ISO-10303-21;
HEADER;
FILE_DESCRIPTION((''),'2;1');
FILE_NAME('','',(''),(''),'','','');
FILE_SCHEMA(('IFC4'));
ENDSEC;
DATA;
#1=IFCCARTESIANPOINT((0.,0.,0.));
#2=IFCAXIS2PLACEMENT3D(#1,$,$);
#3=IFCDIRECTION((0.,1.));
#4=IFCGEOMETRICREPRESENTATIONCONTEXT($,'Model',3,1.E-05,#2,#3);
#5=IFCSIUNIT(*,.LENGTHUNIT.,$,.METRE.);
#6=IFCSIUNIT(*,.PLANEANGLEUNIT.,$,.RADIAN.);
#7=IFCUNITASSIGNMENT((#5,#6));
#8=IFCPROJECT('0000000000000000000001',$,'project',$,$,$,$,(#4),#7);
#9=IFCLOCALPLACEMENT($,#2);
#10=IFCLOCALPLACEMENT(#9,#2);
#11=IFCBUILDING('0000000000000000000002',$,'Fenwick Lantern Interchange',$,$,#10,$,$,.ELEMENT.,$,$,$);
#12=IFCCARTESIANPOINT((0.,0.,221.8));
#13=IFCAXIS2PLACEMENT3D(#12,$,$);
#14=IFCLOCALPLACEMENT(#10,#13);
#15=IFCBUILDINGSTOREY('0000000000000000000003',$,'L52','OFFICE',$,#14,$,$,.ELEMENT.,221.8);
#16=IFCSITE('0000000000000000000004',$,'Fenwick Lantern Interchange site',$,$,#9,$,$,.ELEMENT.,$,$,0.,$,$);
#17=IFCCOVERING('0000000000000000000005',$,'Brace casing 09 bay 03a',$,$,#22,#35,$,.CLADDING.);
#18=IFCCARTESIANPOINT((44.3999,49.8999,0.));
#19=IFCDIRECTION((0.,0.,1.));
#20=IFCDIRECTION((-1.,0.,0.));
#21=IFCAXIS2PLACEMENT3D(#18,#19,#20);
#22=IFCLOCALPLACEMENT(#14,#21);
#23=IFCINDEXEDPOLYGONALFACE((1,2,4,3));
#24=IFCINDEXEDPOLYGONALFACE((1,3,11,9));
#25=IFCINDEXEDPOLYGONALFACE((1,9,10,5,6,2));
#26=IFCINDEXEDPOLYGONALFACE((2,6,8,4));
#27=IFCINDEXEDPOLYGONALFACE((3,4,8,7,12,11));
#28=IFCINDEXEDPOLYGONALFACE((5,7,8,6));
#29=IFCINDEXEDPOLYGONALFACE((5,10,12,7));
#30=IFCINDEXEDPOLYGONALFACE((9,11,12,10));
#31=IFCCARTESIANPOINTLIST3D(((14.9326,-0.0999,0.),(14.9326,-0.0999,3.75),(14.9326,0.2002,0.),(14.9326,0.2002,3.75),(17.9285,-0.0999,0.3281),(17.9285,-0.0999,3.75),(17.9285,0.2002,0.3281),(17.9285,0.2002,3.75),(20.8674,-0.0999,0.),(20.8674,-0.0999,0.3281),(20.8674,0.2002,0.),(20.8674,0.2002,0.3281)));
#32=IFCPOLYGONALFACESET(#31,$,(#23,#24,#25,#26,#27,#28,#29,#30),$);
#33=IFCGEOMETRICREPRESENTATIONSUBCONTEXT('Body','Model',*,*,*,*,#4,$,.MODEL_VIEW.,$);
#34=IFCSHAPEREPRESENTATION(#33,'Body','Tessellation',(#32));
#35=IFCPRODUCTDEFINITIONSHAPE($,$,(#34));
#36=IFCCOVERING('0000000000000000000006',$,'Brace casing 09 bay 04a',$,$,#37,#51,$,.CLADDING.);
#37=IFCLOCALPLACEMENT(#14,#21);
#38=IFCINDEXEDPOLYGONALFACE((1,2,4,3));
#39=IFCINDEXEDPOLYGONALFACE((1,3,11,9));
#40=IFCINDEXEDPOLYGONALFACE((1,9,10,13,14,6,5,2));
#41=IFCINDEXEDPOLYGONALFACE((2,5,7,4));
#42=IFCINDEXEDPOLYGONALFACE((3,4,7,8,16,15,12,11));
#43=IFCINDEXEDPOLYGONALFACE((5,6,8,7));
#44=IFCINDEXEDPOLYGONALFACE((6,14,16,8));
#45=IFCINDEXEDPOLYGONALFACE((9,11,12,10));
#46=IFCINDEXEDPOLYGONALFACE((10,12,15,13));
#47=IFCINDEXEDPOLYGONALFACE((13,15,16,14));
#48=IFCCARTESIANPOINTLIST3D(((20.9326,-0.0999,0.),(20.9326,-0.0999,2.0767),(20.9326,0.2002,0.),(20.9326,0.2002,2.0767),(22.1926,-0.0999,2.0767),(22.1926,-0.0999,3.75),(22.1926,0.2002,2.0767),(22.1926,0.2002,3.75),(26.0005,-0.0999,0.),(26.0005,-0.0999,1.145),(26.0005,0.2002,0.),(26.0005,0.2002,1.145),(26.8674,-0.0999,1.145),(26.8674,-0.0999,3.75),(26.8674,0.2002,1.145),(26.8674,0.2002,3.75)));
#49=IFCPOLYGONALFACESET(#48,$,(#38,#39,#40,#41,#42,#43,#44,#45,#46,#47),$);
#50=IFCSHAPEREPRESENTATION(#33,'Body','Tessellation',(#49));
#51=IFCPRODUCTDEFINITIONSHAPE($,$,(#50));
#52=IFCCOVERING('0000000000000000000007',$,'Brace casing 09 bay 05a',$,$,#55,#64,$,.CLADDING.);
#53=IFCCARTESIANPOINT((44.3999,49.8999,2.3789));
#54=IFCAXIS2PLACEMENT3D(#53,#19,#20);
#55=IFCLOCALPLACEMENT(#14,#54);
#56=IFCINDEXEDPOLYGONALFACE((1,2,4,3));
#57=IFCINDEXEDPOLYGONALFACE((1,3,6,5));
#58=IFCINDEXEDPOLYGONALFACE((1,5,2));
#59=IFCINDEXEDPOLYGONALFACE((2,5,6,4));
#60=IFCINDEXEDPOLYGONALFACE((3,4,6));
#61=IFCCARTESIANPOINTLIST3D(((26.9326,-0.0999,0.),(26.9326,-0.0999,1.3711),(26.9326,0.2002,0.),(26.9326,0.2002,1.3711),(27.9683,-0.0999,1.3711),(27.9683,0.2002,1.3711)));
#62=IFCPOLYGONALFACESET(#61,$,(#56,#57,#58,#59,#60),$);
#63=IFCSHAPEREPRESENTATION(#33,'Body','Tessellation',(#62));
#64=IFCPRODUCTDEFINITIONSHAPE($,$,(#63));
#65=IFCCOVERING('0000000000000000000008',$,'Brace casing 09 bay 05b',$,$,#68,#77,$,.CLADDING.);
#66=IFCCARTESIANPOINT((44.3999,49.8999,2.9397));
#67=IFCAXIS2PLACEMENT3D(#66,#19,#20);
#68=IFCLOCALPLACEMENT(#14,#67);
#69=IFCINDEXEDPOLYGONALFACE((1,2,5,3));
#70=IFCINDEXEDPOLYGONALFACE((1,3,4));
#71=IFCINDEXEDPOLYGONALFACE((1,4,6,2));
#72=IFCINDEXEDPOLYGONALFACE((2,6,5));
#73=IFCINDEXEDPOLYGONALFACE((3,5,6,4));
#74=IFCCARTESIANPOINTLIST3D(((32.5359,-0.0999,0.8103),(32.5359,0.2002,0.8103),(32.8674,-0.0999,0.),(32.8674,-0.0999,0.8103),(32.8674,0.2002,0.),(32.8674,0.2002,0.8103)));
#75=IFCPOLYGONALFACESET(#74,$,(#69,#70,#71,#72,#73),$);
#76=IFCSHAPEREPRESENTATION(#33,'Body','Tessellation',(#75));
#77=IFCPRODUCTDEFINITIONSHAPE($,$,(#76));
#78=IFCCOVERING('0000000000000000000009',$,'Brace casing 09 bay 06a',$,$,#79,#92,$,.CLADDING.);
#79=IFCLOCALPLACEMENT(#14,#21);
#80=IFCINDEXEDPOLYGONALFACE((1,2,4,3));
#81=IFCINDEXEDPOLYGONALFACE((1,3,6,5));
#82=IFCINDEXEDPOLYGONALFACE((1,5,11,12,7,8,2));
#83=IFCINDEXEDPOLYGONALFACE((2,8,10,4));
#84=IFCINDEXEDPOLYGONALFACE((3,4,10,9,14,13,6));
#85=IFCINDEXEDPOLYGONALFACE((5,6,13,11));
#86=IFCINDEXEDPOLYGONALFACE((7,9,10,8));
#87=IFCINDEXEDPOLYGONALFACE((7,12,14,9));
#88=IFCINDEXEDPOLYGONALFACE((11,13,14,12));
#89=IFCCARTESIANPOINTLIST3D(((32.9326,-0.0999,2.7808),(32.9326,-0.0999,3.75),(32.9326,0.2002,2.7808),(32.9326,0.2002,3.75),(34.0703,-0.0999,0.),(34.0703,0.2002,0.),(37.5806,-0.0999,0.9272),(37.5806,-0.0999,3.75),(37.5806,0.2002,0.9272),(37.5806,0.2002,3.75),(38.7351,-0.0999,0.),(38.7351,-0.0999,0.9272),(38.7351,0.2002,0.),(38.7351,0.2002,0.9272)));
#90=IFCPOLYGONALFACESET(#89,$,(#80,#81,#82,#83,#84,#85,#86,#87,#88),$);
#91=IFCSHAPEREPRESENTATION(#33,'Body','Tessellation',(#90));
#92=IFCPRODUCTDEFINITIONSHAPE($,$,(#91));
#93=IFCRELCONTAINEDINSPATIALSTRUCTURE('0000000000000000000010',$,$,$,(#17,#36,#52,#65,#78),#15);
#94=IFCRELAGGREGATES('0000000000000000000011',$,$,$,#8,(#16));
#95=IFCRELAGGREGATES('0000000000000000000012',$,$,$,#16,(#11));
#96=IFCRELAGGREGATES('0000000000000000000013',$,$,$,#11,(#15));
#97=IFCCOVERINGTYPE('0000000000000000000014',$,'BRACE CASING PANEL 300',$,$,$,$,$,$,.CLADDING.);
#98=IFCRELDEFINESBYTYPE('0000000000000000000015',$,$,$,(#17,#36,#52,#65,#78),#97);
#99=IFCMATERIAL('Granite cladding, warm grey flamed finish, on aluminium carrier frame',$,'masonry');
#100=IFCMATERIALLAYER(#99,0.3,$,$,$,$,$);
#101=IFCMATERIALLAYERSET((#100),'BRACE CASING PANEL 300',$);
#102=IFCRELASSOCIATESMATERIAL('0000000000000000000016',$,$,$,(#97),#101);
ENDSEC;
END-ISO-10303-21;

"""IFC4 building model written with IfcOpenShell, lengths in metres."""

from ifc_helpers import new_model, si_unit, direction, frame, origin, place, context, subcontext, project, spatial, polyline, outline, extrude, material, layer, layer_set, type_object, element, save


model = new_model("IFC4")

# Units and contexts
model_context = context("Model", 3, precision=1e-05, world=origin(), true_north=direction((0.0, 1.0)))
body_context = subcontext(model_context, "Body", "Model", "MODEL_VIEW")
ifc_project = project(units=[si_unit("LENGTHUNIT", "METRE"), si_unit("PLANEANGLEUNIT", "RADIAN")], contexts=[model_context])

# Site, building, storey
site_placement = place(None, origin())
site = spatial("IfcSite", under=ifc_project, at=site_placement, Name="Fenwick Lantern Interchange site", CompositionType="ELEMENT", RefElevation=0.0)
building_placement = place(site_placement, origin())
building = spatial("IfcBuilding", under=site, at=building_placement, Name="Fenwick Lantern Interchange", CompositionType="ELEMENT")
storey_placement = place(building_placement, frame((0.0, 0.0, 221.8)))
storey = spatial("IfcBuildingStorey", under=building, at=storey_placement, Name="L52", Description="OFFICE", CompositionType="ELEMENT", Elevation=221.8)

# Coverings
ifc_material_1 = material(Name="Granite cladding, warm grey flamed finish, on aluminium carrier frame", Category="masonry")
ifc_layer_1 = layer(ifc_material_1, 0.3)
ifc_layer_set_1 = layer_set([ifc_layer_1], Name="BRACE CASING PANEL 300")
covering_type = type_object("IfcCoveringType", Name="BRACE CASING PANEL 300", PredefinedType="CLADDING", material=ifc_layer_set_1)
covering_1_placement = place(storey_placement, frame((44.3999, 49.8999, 0.0), z_axis=(0.0, 0.0, 1.0), x_axis=(-1.0, 0.0, 0.0)))
element("IfcCovering", 1, at=covering_1_placement, inside=storey, type_object=covering_type, Name="Brace casing 09 bay 03a", PredefinedType="CLADDING", context=body_context, shape_type="SweptSolid", body=[
    extrude(outline(polyline([(14.9326, 0.0), (20.8674, 0.0), (20.8674, 0.3281), (17.9285, 0.3281), (17.9285, 3.75), (14.9326, 3.75), (14.9326, 0.0)])), frame((0.0, 0.2002, 0.0), z_axis=(0.0, -1.0, 0.0), x_axis=(1.0, 0.0, 0.0)), (0.0, 0.0, 1.0), 0.3),
])
covering_2_placement = place(storey_placement, frame((44.3999, 49.8999, 0.0), z_axis=(0.0, 0.0, 1.0), x_axis=(-1.0, 0.0, 0.0)))
element("IfcCovering", 2, at=covering_2_placement, inside=storey, type_object=covering_type, Name="Brace casing 09 bay 04a", PredefinedType="CLADDING", context=body_context, shape_type="SweptSolid", body=[
    extrude(outline(polyline([(20.9326, 0.0), (26.0005, 0.0), (26.0005, 1.145), (26.8674, 1.145), (26.8674, 3.75), (22.1926, 3.75), (22.1926, 2.0767), (20.9326, 2.0767), (20.9326, 0.0)])), frame((0.0, 0.2002, 0.0), z_axis=(0.0, -1.0, 0.0), x_axis=(1.0, 0.0, 0.0)), (0.0, 0.0, 1.0), 0.3),
])
covering_3_placement = place(storey_placement, frame((44.3999, 49.8999, 2.3789), z_axis=(0.0, 0.0, 1.0), x_axis=(-1.0, 0.0, 0.0)))
element("IfcCovering", 3, at=covering_3_placement, inside=storey, type_object=covering_type, Name="Brace casing 09 bay 05a", PredefinedType="CLADDING", context=body_context, shape_type="SweptSolid", body=[
    extrude(outline(polyline([(26.9326, 0.0), (27.9683, 1.3711), (26.9326, 1.3711), (26.9326, 0.0)])), frame((0.0, 0.2002, 0.0), z_axis=(0.0, -1.0, 0.0), x_axis=(1.0, 0.0, 0.0)), (0.0, 0.0, 1.0), 0.3),
])
covering_4_placement = place(storey_placement, frame((44.3999, 49.8999, 2.9397), z_axis=(0.0, 0.0, 1.0), x_axis=(-1.0, 0.0, 0.0)))
element("IfcCovering", 4, at=covering_4_placement, inside=storey, type_object=covering_type, Name="Brace casing 09 bay 05b", PredefinedType="CLADDING", context=body_context, shape_type="SweptSolid", body=[
    extrude(outline(polyline([(32.8674, 0.0), (32.8674, 0.8103), (32.5359, 0.8103), (32.8674, 0.0)])), frame((0.0, 0.2002, 0.0), z_axis=(0.0, -1.0, 0.0), x_axis=(1.0, 0.0, 0.0)), (0.0, 0.0, 1.0), 0.3),
])
covering_5_placement = place(storey_placement, frame((44.3999, 49.8999, 0.0), z_axis=(0.0, 0.0, 1.0), x_axis=(-1.0, 0.0, 0.0)))
element("IfcCovering", 5, at=covering_5_placement, inside=storey, type_object=covering_type, Name="Brace casing 09 bay 06a", PredefinedType="CLADDING", context=body_context, shape_type="SweptSolid", body=[
    extrude(outline(polyline([(34.0703, 0.0), (38.7351, 0.0), (38.7351, 0.9272), (37.5806, 0.9272), (37.5806, 3.75), (32.9326, 3.75), (32.9326, 2.7808), (34.0703, 0.0)])), frame((0.0, 0.2002, 0.0), z_axis=(0.0, -1.0, 0.0), x_axis=(1.0, 0.0, 0.0)), (0.0, 0.0, 1.0), 0.3),
])

save(model, "model.ifc")
